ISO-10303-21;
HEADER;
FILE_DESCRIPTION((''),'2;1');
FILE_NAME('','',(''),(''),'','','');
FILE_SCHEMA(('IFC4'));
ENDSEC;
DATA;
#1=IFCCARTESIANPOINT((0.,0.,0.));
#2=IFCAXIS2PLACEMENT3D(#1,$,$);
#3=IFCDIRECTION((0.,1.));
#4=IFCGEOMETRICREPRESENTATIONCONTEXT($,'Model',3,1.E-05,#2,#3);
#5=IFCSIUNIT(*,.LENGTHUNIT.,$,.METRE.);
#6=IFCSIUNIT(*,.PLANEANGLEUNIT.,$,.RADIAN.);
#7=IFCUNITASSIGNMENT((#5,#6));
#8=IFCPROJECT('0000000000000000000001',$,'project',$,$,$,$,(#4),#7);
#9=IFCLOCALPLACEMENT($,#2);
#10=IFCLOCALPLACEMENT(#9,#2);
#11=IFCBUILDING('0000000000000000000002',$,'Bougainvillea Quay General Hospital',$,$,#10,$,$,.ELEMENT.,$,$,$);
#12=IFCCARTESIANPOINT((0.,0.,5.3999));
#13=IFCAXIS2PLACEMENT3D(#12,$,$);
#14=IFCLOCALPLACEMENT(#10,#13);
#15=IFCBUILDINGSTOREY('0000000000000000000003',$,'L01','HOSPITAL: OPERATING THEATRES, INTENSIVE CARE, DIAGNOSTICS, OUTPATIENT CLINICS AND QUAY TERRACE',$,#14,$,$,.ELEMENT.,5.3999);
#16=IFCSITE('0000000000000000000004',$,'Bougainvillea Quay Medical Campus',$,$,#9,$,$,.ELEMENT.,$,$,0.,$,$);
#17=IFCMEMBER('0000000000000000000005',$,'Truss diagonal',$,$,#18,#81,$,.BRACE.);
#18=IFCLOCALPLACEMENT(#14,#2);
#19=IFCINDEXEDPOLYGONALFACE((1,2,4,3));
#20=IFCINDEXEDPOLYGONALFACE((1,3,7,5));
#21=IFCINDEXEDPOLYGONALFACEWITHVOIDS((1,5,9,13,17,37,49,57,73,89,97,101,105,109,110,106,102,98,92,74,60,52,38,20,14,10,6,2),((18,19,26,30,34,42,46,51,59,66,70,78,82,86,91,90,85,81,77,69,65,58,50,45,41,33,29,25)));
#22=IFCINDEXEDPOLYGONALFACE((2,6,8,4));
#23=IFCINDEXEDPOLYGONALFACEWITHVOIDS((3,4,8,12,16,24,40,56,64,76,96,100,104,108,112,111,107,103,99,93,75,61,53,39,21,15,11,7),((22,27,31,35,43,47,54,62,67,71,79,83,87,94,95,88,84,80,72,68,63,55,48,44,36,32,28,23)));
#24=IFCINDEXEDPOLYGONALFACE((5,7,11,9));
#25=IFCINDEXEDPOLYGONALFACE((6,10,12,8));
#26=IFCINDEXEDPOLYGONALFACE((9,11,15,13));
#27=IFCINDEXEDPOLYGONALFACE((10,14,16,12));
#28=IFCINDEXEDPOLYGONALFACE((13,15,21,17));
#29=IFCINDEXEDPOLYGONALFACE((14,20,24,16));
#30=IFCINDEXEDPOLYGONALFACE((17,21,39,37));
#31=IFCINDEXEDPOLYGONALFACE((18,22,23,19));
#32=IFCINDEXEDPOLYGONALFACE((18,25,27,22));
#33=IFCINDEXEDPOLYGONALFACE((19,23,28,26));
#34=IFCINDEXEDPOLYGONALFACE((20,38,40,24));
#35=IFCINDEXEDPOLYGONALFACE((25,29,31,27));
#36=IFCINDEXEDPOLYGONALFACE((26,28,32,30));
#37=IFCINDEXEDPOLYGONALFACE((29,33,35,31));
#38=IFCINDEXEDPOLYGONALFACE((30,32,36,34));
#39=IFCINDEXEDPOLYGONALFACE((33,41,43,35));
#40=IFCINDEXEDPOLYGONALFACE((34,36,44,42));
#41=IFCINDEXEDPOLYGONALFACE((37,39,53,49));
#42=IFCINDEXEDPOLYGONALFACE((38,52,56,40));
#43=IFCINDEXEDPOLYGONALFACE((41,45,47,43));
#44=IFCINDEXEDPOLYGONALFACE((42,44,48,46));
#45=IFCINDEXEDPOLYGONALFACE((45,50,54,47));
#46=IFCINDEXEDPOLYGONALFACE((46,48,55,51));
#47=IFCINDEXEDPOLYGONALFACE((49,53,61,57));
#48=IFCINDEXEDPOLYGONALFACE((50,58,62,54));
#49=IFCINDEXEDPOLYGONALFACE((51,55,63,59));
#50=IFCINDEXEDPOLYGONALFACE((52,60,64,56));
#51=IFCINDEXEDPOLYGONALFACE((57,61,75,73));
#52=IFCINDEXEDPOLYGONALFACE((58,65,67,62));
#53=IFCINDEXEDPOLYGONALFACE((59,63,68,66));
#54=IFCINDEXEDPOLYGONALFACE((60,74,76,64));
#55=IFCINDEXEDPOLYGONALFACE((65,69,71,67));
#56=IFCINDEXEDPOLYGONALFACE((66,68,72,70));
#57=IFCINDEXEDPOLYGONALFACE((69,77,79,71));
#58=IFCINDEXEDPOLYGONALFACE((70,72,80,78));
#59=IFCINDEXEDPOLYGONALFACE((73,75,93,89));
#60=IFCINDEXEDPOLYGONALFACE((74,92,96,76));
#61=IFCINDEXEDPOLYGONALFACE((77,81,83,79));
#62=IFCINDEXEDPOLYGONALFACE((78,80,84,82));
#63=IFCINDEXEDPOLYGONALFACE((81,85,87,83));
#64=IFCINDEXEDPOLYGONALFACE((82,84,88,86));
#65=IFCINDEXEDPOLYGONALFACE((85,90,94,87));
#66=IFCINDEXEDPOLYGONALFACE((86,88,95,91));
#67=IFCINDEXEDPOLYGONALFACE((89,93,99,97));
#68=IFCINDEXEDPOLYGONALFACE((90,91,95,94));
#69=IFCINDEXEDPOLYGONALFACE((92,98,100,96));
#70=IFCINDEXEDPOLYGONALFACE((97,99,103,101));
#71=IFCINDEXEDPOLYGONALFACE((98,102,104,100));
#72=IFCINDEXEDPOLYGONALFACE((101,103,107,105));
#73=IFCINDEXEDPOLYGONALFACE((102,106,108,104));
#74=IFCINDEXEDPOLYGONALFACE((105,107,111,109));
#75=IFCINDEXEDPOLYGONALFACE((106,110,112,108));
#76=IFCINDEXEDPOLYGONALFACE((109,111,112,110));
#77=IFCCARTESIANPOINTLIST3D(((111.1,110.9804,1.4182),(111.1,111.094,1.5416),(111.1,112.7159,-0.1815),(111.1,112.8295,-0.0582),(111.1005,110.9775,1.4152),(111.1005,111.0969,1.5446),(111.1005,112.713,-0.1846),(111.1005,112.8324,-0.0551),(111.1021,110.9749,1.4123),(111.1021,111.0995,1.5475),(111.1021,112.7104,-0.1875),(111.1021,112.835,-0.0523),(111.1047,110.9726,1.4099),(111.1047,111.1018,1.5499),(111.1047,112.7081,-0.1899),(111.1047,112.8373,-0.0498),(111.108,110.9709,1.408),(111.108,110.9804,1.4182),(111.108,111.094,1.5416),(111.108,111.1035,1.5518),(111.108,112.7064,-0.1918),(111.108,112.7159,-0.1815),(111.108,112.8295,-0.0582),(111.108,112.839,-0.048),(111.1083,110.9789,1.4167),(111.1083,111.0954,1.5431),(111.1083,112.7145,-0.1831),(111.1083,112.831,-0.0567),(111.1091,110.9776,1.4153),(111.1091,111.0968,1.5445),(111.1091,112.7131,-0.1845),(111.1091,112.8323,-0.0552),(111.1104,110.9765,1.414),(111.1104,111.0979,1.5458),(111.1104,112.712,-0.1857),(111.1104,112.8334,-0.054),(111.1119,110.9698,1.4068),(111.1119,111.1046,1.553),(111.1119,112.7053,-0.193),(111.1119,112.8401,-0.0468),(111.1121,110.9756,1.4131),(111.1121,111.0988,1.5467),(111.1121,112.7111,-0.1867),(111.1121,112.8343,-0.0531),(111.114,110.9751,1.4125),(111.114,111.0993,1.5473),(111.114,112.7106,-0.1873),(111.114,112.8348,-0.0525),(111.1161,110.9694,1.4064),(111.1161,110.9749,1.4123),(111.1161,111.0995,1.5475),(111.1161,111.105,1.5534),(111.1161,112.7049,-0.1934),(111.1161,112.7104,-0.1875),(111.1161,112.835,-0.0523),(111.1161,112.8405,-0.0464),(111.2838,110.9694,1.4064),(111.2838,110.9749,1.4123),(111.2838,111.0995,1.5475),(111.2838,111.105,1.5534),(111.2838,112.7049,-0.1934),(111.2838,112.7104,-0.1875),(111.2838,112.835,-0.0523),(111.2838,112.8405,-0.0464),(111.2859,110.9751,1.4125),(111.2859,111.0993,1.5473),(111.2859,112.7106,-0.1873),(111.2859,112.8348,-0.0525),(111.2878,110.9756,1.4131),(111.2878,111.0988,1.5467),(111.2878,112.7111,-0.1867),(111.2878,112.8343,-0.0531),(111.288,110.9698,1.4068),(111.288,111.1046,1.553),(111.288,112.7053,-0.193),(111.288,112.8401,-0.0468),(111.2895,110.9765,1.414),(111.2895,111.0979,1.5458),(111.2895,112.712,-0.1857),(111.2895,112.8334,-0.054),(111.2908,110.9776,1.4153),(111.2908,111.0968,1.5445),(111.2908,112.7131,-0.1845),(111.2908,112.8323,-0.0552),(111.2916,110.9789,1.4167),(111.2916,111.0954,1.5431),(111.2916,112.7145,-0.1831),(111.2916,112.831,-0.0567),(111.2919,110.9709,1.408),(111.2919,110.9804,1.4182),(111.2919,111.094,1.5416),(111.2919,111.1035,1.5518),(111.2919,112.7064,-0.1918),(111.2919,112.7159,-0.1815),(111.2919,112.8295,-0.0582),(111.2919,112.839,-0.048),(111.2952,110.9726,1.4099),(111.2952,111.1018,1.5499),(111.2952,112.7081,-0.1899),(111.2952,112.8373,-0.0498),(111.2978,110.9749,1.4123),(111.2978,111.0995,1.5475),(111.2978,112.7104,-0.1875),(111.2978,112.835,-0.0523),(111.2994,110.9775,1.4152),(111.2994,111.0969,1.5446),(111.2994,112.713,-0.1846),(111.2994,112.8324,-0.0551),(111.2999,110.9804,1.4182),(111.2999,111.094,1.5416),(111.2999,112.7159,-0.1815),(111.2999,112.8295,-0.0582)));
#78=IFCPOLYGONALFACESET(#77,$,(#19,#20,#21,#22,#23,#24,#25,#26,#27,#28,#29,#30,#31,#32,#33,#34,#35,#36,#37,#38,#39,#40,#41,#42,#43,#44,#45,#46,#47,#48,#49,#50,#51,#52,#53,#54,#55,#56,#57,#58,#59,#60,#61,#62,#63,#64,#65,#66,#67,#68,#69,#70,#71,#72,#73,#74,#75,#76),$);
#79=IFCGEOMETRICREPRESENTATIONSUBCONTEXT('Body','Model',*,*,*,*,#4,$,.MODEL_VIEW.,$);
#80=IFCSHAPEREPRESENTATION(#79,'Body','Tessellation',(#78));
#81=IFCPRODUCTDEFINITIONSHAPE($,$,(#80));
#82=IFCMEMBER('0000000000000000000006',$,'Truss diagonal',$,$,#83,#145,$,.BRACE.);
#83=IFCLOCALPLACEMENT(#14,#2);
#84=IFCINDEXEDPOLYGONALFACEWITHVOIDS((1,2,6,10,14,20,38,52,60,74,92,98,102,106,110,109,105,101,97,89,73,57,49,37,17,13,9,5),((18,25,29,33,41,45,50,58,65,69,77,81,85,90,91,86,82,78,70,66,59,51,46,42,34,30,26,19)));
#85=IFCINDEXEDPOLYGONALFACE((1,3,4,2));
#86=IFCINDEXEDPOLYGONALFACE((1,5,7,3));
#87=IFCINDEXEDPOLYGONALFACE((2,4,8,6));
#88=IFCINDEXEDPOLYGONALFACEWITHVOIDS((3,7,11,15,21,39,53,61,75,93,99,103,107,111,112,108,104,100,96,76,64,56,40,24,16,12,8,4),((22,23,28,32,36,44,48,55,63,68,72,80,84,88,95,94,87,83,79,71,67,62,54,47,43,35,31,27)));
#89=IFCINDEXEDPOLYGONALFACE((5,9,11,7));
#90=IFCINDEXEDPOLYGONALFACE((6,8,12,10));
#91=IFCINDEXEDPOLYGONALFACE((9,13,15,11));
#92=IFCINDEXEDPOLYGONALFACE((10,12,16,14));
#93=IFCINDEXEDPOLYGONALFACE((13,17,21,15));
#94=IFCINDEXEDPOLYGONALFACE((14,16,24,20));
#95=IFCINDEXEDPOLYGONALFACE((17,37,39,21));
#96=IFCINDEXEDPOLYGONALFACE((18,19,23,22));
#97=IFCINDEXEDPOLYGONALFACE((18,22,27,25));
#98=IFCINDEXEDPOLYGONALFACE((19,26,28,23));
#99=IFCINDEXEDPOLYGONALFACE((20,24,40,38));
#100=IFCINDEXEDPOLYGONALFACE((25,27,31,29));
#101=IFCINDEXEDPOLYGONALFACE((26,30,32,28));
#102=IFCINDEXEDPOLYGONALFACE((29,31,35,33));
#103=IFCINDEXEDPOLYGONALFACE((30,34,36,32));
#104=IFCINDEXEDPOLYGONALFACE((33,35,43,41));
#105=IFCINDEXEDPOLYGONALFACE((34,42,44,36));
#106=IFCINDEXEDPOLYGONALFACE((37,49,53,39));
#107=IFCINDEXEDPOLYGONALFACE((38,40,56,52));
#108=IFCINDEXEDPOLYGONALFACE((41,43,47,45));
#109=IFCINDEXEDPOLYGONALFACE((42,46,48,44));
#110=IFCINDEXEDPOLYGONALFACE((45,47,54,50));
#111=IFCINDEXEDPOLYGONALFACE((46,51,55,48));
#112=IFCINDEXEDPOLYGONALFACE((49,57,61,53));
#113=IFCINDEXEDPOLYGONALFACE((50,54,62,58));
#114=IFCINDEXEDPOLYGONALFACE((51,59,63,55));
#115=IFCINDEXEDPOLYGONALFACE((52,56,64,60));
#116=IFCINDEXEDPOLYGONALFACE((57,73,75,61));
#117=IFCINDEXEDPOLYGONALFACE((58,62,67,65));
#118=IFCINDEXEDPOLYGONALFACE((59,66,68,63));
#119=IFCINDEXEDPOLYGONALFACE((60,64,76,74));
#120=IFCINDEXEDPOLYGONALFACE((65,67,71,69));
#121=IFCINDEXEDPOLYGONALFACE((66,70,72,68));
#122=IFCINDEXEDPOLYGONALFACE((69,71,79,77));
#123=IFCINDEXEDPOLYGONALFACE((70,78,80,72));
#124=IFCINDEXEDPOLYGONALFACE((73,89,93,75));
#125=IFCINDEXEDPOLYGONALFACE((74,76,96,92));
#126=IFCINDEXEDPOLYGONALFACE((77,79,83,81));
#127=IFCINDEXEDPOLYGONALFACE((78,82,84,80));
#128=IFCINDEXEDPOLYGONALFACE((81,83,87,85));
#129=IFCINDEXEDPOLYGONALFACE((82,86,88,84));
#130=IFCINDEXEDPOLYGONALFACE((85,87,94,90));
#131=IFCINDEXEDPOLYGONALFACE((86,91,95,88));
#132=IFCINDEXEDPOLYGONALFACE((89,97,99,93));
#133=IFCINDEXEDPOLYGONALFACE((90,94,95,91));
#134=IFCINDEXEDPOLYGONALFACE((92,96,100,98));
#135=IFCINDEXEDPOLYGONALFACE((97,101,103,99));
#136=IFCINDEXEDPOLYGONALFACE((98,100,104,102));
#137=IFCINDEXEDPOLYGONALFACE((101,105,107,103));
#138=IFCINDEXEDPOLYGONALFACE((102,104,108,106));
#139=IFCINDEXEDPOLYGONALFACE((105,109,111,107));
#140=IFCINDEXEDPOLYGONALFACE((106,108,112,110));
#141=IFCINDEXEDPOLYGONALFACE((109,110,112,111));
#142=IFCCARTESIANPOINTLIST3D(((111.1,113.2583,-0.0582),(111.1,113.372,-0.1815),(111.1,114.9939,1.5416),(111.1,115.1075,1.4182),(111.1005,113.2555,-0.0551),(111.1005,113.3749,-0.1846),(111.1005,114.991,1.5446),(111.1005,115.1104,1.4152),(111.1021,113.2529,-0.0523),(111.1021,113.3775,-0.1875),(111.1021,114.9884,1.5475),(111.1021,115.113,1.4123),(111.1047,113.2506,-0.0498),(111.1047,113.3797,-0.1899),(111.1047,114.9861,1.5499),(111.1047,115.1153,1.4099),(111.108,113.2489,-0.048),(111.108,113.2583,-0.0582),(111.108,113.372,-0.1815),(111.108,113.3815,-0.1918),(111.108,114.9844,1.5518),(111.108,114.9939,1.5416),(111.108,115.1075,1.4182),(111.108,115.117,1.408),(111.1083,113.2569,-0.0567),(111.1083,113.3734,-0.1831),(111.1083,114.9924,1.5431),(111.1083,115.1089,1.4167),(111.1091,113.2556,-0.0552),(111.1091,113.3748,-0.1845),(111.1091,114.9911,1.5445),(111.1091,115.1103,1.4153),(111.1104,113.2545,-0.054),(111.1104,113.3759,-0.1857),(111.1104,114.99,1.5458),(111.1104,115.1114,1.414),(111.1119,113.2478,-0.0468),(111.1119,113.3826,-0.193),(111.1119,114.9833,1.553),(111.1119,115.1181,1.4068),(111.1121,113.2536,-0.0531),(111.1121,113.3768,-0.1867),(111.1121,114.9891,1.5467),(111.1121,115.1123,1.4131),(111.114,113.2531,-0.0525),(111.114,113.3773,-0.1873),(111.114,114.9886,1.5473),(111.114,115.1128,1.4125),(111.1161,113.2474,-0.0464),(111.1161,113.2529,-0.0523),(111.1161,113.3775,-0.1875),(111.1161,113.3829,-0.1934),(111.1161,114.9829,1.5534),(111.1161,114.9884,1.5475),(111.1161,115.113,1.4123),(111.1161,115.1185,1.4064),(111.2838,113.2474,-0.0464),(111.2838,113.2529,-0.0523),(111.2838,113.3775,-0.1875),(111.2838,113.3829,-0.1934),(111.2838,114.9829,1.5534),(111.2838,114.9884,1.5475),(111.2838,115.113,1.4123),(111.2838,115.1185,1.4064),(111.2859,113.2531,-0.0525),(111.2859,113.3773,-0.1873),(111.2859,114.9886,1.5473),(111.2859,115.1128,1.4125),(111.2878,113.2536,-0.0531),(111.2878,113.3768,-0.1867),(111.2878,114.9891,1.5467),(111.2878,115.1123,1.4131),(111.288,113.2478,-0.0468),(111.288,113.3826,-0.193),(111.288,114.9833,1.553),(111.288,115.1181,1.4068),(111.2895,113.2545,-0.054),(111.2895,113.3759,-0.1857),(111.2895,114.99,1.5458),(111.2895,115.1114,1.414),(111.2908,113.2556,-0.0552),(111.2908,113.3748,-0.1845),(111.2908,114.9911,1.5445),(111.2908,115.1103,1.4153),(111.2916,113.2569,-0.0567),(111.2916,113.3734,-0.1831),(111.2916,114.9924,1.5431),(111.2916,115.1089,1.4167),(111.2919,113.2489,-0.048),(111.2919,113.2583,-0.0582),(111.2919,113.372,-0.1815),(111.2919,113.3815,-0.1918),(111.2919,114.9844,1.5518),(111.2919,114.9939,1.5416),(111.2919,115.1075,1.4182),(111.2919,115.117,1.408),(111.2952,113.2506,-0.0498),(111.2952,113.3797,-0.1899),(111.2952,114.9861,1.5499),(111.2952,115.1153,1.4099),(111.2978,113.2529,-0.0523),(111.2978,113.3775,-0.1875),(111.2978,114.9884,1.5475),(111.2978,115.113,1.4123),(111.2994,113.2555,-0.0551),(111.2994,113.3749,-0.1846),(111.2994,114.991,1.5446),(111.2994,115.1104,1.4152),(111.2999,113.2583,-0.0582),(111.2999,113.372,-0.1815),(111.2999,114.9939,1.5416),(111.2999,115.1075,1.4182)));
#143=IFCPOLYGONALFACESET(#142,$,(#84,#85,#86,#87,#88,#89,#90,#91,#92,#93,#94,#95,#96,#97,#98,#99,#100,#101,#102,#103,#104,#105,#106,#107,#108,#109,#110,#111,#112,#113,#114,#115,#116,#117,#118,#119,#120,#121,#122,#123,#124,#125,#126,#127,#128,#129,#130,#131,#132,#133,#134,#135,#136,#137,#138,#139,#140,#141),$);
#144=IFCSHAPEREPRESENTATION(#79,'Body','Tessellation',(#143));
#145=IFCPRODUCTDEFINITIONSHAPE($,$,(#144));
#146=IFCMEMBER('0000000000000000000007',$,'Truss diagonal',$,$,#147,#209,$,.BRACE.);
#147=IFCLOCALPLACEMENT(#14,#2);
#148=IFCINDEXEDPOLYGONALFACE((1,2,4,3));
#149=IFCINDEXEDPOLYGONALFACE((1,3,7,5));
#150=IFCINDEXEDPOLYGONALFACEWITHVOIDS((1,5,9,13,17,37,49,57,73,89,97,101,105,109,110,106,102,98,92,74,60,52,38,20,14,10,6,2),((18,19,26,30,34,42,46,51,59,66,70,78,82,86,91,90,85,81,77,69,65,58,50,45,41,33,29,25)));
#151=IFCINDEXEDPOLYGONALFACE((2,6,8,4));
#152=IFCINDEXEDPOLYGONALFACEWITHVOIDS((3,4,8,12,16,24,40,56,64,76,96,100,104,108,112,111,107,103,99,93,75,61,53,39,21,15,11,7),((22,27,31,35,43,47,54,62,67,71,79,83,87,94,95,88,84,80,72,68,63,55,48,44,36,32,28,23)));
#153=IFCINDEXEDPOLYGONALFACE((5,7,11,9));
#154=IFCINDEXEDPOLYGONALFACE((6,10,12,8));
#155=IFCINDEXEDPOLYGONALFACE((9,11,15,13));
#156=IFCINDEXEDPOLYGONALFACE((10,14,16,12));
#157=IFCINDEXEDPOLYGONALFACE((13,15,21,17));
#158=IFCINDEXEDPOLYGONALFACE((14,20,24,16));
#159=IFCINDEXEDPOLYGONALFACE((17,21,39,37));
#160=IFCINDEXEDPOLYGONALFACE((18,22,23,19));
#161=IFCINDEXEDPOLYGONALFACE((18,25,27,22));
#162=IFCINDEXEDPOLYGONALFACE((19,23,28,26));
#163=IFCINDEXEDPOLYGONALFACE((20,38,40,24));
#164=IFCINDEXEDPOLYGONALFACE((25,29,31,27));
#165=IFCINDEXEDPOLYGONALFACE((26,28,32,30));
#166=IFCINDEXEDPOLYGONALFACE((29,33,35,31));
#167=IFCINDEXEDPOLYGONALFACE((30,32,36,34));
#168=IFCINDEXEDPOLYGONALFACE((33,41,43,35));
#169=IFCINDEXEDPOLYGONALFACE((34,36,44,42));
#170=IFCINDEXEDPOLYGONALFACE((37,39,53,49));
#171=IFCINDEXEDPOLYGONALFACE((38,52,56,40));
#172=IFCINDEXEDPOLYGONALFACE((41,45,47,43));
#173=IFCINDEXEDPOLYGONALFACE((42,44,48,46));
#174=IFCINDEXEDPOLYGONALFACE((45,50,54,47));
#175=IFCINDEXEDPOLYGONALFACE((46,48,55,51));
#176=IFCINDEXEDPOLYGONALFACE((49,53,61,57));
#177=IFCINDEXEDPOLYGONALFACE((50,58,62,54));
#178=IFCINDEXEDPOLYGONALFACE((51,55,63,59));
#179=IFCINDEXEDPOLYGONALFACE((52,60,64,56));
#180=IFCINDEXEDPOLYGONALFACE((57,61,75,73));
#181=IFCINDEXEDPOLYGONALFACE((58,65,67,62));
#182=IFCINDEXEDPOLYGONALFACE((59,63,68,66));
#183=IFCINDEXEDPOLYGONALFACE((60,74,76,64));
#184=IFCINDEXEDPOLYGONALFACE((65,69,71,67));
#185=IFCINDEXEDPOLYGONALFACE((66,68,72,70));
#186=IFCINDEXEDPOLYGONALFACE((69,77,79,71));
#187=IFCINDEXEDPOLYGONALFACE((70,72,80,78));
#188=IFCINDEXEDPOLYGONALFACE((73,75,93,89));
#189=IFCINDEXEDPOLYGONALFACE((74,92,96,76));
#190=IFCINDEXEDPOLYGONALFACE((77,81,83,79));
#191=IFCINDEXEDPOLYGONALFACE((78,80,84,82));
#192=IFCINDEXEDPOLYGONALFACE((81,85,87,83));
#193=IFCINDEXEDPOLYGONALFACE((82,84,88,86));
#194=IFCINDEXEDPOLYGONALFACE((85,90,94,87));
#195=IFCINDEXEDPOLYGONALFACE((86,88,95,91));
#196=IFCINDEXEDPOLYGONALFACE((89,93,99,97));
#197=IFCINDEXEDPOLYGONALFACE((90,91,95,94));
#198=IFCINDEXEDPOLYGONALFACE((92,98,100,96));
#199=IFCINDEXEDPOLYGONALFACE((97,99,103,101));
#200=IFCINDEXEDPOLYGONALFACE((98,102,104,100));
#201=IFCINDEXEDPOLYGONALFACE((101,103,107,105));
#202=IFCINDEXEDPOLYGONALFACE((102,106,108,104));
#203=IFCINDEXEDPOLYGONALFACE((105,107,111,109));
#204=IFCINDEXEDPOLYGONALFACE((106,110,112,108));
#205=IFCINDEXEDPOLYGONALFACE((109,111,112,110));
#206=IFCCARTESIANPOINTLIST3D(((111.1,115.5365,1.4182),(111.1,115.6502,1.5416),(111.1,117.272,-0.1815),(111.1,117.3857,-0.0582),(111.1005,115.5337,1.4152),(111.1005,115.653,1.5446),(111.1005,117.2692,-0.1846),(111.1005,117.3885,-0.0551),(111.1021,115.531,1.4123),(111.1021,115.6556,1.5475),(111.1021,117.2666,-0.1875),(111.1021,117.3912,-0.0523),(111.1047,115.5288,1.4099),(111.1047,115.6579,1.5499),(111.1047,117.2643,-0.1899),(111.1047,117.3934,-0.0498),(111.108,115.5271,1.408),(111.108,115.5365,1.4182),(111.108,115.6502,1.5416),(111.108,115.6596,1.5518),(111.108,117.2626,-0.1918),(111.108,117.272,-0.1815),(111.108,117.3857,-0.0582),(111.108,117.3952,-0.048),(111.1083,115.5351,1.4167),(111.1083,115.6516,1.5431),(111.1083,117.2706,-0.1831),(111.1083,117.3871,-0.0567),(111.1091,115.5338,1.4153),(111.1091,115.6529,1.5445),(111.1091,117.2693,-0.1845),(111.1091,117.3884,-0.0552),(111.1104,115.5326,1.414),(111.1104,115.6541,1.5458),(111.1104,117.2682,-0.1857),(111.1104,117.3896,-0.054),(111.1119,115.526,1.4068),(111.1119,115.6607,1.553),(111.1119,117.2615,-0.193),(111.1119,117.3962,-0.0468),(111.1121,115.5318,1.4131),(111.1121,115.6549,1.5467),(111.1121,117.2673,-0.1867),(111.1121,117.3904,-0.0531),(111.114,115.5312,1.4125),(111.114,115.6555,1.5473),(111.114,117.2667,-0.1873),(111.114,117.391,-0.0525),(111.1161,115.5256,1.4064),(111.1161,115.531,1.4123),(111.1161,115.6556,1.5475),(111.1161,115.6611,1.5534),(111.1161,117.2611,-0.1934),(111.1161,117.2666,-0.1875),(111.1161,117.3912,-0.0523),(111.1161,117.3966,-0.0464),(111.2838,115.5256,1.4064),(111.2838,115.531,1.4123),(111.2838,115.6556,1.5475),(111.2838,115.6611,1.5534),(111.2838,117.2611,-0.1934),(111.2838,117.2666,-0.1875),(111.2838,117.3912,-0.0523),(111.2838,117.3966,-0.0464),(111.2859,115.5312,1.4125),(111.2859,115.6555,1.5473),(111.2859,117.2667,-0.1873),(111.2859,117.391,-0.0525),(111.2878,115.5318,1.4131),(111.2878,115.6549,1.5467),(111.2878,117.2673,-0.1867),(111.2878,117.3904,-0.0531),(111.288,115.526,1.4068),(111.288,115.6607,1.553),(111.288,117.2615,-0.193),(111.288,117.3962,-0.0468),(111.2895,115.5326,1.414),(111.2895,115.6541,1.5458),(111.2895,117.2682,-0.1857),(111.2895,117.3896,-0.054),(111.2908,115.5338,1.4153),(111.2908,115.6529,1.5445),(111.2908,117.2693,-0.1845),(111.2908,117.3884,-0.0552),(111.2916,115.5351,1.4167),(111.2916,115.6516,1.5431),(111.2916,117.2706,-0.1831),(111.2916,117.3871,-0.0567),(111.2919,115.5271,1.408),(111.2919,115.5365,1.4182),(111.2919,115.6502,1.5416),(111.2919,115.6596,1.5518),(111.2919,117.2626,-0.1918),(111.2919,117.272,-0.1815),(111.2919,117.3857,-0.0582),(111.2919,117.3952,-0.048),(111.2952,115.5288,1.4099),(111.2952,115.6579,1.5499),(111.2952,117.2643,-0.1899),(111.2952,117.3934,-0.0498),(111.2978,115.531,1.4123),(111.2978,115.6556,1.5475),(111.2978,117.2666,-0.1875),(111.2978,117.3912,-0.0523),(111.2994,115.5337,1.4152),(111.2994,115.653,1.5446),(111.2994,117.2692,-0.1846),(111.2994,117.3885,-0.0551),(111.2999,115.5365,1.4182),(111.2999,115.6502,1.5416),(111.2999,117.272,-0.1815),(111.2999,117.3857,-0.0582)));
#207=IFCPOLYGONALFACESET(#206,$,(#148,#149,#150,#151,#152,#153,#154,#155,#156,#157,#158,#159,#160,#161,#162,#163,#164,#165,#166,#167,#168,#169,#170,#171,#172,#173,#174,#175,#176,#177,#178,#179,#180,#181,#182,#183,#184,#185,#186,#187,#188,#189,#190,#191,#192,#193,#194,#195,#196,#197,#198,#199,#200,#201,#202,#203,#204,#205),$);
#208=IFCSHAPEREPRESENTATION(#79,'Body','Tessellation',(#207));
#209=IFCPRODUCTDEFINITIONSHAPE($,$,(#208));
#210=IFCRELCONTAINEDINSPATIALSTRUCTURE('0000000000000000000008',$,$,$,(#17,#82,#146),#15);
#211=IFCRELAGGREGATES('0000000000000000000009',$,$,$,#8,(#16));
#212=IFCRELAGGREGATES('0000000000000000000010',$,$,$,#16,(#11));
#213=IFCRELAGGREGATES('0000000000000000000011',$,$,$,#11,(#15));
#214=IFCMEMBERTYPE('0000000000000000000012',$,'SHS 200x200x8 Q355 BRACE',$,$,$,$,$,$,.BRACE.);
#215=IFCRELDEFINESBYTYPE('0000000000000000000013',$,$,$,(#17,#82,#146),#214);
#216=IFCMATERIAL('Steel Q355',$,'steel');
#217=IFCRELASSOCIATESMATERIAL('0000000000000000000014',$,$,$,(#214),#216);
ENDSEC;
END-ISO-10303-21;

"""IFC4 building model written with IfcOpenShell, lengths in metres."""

from ifc_helpers import new_model, si_unit, direction, frame, origin, origin_2d, place, context, subcontext, project, spatial, hollow_rectangle, extrude, material, material_profile, profile_set, type_object, element, save


model = new_model("IFC4")

# Units and contexts
model_context = context("Model", 3, precision=1e-05, world=origin(), true_north=direction((0.0, 1.0)))
body_context = subcontext(model_context, "Body", "Model", "MODEL_VIEW")
ifc_project = project(units=[si_unit("LENGTHUNIT", "METRE"), si_unit("PLANEANGLEUNIT", "RADIAN")], contexts=[model_context])

# Site, building, storey
site_placement = place(None, origin())
site = spatial("IfcSite", under=ifc_project, at=site_placement, Name="Bougainvillea Quay Medical Campus", CompositionType="ELEMENT", RefElevation=0.0)
building_placement = place(site_placement, origin())
building = spatial("IfcBuilding", under=site, at=building_placement, Name="Bougainvillea Quay General Hospital", CompositionType="ELEMENT")
storey_placement = place(building_placement, frame((0.0, 0.0, 5.3999)))
storey = spatial("IfcBuildingStorey", under=building, at=storey_placement, Name="L01", Description="HOSPITAL: OPERATING THEATRES, INTENSIVE CARE, DIAGNOSTICS, OUTPATIENT CLINICS AND QUAY TERRACE", CompositionType="ELEMENT", Elevation=5.3999)

# Members
ifc_material_1 = material(Name="Steel Q355", Category="steel")
ifc_material_profile_1 = material_profile(ifc_material_1, hollow_rectangle(XDim=0.2, YDim=0.2, WallThickness=0.0081, InnerFilletRadius=0.0081, OuterFilletRadius=0.0161, at=origin_2d()))
ifc_profile_set_1 = profile_set([ifc_material_profile_1], Name="Steel Q355")
member_type_1 = type_object("IfcMemberType", Name="SHS 200x200x8 Q355 BRACE", PredefinedType="BRACE", material=ifc_profile_set_1)
for number, where, z_axis, x_axis, name in (
    (1, (111.2, 112.7727, -0.1199), (0.0, -0.735275, 0.677769), (1.0, 0.0, 0.0), "Truss diagonal"),
    (2, (111.2, 113.3152, -0.1199), (0.0, 0.735275, 0.677769), (-1.0, 0.0, 0.0), "Truss diagonal"),
    (3, (111.2, 117.3289, -0.1199), (0.0, -0.735275, 0.677769), (1.0, 0.0, 0.0), "Truss diagonal"),
):
    element("IfcMember", number, at=place(storey_placement, frame(where, z_axis=z_axis, x_axis=x_axis)), inside=storey, type_object=member_type_1, Name=name, PredefinedType="BRACE", context=body_context, shape_type="SweptSolid", body=[
        extrude(hollow_rectangle(XDim=0.2, YDim=0.2, WallThickness=0.0081, InnerFilletRadius=0.0081, OuterFilletRadius=0.0161, at=origin_2d()), origin(), (0.0, 0.0, 1.0), 2.3604),
    ])

save(model, "model.ifc")
